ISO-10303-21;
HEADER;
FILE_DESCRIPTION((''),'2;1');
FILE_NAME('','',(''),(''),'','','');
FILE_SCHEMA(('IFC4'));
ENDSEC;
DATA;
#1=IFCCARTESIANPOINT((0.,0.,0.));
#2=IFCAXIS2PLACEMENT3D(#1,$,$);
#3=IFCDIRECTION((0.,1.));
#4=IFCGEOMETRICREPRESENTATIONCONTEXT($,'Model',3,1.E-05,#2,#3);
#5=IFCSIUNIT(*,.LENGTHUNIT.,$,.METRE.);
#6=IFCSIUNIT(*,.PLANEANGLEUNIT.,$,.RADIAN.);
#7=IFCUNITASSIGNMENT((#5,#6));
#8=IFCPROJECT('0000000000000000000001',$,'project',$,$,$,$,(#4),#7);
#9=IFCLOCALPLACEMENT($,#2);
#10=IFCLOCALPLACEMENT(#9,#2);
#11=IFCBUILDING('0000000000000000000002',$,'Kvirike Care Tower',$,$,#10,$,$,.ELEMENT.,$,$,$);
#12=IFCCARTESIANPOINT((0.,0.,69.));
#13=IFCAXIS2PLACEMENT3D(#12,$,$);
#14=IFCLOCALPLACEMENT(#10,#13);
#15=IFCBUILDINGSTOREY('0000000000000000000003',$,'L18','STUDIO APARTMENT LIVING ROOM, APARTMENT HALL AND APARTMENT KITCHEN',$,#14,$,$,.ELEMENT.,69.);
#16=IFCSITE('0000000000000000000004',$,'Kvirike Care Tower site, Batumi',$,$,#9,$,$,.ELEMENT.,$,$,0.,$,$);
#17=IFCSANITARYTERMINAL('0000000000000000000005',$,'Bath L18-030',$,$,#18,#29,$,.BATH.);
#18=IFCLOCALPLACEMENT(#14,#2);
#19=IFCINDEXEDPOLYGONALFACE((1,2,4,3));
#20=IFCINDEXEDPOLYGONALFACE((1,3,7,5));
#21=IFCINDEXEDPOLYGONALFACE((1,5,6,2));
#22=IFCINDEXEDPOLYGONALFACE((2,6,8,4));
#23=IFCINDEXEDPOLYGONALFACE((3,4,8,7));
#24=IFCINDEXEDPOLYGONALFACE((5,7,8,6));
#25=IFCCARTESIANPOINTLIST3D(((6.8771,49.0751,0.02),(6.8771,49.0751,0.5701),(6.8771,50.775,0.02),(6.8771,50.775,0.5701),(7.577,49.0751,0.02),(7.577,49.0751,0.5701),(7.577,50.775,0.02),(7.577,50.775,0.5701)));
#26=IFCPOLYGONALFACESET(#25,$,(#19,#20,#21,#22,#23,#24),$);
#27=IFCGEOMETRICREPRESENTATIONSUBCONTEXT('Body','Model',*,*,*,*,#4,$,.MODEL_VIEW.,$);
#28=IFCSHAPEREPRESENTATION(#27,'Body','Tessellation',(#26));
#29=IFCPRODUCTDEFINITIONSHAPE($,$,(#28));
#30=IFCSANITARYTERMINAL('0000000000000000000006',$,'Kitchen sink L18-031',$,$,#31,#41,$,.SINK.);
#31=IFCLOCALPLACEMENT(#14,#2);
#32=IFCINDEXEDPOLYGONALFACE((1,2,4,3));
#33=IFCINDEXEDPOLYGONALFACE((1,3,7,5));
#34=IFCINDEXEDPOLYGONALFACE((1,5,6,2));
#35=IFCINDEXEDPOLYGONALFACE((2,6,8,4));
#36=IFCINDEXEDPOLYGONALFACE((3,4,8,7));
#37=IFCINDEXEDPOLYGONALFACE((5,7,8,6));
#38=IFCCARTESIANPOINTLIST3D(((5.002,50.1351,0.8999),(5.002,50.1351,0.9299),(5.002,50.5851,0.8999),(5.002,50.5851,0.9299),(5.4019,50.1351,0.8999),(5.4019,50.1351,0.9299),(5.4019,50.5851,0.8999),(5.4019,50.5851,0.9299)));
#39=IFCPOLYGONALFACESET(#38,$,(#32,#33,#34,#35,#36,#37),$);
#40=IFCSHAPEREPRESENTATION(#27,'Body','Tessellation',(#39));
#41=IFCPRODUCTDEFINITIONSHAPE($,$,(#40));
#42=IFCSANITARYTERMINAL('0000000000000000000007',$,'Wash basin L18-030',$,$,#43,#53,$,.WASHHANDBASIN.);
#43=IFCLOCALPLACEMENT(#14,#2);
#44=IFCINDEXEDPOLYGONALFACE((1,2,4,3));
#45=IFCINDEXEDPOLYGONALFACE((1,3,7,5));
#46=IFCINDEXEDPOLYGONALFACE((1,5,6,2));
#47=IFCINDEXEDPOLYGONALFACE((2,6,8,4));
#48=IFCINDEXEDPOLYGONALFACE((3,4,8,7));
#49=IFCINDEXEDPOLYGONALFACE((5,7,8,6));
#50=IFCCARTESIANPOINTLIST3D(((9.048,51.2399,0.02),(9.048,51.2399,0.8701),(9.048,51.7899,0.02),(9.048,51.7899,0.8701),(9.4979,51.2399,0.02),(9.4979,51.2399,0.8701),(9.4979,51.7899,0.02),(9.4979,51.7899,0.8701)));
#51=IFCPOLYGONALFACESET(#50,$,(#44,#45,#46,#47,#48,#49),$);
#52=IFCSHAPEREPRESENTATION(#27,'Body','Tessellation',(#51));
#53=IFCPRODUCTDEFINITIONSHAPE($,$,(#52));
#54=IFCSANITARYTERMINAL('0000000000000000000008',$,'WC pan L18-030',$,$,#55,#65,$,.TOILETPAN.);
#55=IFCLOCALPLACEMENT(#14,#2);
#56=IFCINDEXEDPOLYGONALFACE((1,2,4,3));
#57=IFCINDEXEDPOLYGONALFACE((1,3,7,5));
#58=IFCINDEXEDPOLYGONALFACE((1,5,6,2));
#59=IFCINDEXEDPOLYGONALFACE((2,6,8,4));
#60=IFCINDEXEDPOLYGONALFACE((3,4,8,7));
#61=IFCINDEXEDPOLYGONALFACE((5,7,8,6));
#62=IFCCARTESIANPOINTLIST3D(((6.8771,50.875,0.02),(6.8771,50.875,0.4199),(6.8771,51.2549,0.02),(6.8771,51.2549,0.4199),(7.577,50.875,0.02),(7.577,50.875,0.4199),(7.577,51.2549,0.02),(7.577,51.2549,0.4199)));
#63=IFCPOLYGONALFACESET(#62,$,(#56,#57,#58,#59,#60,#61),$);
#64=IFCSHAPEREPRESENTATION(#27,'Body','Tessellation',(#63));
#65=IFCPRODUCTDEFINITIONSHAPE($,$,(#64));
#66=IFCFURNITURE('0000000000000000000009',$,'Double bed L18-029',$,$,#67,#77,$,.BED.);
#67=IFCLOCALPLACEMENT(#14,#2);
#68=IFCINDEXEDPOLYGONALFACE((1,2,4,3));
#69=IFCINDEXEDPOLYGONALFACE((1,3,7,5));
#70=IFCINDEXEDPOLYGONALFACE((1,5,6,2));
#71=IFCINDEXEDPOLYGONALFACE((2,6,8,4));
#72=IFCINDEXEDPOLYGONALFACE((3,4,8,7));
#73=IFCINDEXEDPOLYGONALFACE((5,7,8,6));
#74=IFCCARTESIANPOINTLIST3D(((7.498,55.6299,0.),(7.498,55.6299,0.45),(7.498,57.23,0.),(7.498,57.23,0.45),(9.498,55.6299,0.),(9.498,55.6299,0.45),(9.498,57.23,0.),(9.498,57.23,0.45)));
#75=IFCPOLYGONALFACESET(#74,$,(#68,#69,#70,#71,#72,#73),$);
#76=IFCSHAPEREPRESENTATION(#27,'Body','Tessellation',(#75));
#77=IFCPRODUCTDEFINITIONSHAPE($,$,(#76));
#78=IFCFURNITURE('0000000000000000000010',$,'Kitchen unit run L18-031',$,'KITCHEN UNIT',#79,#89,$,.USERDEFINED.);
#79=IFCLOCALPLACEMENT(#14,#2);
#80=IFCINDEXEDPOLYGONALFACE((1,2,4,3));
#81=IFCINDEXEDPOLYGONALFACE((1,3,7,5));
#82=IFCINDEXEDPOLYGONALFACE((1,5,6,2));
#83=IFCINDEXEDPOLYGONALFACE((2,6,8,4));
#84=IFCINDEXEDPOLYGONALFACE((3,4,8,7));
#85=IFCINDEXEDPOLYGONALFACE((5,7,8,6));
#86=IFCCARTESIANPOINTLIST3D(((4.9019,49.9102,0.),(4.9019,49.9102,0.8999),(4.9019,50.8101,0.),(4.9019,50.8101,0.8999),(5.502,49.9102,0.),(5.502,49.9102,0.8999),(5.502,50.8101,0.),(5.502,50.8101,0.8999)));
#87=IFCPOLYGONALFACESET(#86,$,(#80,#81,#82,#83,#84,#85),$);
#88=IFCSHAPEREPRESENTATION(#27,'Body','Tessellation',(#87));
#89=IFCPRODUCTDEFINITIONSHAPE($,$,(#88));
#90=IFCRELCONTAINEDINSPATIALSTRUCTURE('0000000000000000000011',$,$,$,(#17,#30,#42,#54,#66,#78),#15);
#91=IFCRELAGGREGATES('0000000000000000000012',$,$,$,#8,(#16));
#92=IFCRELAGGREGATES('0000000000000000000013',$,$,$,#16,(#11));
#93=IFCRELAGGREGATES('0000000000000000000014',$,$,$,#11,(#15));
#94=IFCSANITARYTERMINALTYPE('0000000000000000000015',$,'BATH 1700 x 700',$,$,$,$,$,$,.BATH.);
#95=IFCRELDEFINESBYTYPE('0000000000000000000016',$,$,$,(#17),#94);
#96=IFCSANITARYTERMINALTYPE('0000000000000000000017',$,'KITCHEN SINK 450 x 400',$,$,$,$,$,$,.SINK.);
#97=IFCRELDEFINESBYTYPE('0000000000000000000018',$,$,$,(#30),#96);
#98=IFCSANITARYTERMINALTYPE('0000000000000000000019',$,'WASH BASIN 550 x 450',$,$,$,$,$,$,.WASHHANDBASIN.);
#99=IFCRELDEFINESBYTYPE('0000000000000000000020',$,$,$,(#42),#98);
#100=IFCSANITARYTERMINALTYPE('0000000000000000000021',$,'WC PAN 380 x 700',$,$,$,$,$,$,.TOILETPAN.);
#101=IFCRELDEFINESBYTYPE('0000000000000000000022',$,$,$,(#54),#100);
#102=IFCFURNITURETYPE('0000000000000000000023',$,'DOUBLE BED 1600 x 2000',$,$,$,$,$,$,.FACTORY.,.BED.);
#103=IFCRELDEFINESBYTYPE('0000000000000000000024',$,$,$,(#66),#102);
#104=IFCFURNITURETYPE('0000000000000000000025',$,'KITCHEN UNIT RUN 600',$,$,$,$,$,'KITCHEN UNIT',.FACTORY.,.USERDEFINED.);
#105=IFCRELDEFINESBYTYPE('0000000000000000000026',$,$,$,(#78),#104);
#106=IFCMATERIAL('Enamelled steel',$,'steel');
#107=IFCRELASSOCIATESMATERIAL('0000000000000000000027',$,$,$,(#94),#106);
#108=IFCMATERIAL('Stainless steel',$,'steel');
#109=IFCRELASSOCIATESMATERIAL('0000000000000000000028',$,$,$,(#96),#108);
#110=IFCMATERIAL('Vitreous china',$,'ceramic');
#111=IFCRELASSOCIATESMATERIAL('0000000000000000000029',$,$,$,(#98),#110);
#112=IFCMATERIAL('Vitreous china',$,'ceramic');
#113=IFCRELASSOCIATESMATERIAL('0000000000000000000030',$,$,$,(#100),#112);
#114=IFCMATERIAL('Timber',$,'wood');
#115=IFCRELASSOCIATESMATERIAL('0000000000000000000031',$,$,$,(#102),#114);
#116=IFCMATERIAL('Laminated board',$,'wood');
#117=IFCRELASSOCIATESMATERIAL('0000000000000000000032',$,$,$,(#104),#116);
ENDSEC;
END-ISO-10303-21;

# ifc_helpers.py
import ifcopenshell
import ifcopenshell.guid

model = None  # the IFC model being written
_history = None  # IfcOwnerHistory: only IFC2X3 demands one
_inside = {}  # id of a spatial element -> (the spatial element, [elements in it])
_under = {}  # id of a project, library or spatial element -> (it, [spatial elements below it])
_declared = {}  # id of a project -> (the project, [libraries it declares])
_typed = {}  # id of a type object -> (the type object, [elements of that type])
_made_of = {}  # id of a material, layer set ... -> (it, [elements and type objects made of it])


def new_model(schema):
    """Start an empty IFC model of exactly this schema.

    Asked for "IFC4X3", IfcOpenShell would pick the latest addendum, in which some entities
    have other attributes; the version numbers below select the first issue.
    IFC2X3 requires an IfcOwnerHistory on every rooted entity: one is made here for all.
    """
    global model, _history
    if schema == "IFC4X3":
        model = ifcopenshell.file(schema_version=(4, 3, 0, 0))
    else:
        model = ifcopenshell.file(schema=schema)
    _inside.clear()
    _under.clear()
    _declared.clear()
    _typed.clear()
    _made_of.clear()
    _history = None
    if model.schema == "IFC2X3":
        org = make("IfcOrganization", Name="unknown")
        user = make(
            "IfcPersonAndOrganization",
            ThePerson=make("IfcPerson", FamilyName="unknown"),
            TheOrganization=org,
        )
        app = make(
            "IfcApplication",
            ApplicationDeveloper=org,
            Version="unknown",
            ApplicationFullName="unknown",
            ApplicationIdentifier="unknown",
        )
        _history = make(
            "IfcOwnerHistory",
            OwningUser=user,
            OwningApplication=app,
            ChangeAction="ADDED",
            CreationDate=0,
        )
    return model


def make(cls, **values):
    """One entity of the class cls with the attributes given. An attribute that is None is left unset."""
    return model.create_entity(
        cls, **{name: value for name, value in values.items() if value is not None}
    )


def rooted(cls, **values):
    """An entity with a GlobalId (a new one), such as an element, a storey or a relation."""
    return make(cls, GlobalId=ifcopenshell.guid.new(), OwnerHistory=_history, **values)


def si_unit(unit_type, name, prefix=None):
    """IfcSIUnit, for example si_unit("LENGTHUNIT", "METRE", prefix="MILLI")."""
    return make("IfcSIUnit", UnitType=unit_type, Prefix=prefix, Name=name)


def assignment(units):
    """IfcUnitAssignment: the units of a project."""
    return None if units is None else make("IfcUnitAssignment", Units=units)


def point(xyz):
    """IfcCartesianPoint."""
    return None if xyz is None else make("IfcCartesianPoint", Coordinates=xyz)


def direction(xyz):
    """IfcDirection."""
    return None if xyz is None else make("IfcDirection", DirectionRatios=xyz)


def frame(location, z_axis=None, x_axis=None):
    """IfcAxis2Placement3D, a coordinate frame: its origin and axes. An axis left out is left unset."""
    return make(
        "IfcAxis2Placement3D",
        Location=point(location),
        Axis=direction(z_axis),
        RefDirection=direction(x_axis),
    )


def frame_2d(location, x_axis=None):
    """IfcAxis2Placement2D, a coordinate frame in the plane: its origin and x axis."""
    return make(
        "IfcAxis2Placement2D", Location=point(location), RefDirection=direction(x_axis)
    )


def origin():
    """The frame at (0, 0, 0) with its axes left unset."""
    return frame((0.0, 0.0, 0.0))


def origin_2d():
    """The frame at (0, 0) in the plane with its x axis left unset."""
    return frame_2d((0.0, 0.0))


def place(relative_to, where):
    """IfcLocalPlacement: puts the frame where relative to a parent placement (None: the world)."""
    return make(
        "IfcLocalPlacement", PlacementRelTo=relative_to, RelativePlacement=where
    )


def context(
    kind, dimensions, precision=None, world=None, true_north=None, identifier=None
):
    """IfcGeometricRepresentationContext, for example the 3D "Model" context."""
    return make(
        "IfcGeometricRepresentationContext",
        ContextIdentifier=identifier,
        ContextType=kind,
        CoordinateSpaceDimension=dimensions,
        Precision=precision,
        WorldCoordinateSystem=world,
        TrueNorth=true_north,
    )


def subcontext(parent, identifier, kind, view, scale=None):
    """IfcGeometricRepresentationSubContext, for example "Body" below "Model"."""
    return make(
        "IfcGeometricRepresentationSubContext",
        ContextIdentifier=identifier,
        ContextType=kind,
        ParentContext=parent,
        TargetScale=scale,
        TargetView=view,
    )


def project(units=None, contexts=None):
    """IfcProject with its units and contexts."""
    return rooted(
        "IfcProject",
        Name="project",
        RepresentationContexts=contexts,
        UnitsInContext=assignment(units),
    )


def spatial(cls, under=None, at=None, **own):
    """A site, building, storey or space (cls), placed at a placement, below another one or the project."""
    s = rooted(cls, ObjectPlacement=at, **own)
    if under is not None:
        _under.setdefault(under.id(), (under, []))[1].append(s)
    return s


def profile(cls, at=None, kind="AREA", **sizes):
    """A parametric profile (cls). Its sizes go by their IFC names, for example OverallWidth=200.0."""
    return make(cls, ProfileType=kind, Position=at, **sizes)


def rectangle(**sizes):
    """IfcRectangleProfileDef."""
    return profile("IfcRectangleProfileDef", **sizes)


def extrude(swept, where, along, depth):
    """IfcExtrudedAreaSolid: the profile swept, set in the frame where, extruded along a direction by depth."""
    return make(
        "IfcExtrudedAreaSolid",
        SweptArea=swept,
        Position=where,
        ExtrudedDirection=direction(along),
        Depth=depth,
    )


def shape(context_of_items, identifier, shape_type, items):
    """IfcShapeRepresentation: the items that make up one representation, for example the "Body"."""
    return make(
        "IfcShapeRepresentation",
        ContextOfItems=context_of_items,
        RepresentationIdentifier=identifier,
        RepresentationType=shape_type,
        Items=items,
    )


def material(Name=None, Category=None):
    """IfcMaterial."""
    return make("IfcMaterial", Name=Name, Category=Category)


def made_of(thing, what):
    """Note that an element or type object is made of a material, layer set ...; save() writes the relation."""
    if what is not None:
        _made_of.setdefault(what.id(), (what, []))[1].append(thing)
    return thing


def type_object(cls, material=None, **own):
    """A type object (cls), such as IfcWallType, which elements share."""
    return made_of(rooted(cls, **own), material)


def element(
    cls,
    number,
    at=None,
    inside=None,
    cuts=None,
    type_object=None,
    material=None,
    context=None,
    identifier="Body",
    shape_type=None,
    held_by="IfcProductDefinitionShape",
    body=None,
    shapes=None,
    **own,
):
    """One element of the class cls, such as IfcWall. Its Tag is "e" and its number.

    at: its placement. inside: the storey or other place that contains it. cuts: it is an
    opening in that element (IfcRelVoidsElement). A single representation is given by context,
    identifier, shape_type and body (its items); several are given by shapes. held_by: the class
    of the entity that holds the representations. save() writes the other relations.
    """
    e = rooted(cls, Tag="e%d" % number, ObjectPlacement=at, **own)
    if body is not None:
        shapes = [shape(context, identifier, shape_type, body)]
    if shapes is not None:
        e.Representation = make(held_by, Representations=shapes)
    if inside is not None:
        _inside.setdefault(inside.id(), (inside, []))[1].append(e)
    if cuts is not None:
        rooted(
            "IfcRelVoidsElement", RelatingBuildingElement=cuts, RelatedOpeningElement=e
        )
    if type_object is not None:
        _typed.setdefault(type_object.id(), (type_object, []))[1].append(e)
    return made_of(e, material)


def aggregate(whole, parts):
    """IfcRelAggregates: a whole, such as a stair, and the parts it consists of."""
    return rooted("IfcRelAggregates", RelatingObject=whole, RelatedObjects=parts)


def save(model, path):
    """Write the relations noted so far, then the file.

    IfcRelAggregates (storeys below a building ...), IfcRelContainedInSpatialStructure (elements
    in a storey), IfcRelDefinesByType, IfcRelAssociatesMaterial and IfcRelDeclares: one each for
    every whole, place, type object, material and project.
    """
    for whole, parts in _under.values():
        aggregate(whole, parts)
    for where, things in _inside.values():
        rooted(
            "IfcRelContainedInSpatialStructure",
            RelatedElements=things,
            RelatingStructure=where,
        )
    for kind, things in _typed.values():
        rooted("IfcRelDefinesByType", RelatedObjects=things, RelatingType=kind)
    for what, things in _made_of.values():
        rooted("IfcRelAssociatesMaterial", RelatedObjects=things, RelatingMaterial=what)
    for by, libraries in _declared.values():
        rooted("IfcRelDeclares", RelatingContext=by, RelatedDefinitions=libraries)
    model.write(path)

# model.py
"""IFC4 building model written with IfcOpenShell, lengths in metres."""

from ifc_helpers import new_model, si_unit, direction, frame, origin, origin_2d, place, context, subcontext, project, spatial, rectangle, extrude, material, type_object, element, save


model = new_model("IFC4")

# Units and contexts
model_context = context("Model", 3, precision=1e-05, world=origin(), true_north=direction((0.0, 1.0)))
body_context = subcontext(model_context, "Body", "Model", "MODEL_VIEW")
ifc_project = project(units=[si_unit("LENGTHUNIT", "METRE"), si_unit("PLANEANGLEUNIT", "RADIAN")], contexts=[model_context])

# Site, building, storey
site_placement = place(None, origin())
site = spatial("IfcSite", under=ifc_project, at=site_placement, Name="Kvirike Care Tower site, Batumi", CompositionType="ELEMENT", RefElevation=0.0)
building_placement = place(site_placement, origin())
building = spatial("IfcBuilding", under=site, at=building_placement, Name="Kvirike Care Tower", CompositionType="ELEMENT")
storey_placement = place(building_placement, frame((0.0, 0.0, 69.0)))
storey = spatial("IfcBuildingStorey", under=building, at=storey_placement, Name="L18", Description="STUDIO APARTMENT LIVING ROOM, APARTMENT HALL AND APARTMENT KITCHEN", CompositionType="ELEMENT", Elevation=69.0)

# Sanitary terminals
ifc_material_1 = material(Name="Enamelled steel", Category="steel")
sanitary_terminal_type_1 = type_object("IfcSanitaryTerminalType", Name="BATH 1700 x 700", PredefinedType="BATH", material=ifc_material_1)
sanitary_terminal_1_placement = place(storey_placement, frame((7.2271, 49.925, 0.02), z_axis=(0.0, 0.0, 1.0), x_axis=(0.0, 1.0, 0.0)))
element("IfcSanitaryTerminal", 1, at=sanitary_terminal_1_placement, inside=storey, type_object=sanitary_terminal_type_1, Name="Bath L18-030", PredefinedType="BATH", context=body_context, shape_type="SweptSolid", body=[
    extrude(rectangle(XDim=1.7, YDim=0.7, at=origin_2d()), origin(), (0.0, 0.0, 1.0), 0.55),
])
ifc_material_2 = material(Name="Stainless steel", Category="steel")
sanitary_terminal_type_2 = type_object("IfcSanitaryTerminalType", Name="KITCHEN SINK 450 x 400", PredefinedType="SINK", material=ifc_material_2)
sanitary_terminal_2_placement = place(storey_placement, frame((5.2019, 50.3601, 0.8999), z_axis=(0.0, 0.0, 1.0), x_axis=(0.0, 1.0, 0.0)))
element("IfcSanitaryTerminal", 2, at=sanitary_terminal_2_placement, inside=storey, type_object=sanitary_terminal_type_2, Name="Kitchen sink L18-031", PredefinedType="SINK", context=body_context, shape_type="SweptSolid", body=[
    extrude(rectangle(XDim=0.45, YDim=0.3999, at=origin_2d()), origin(), (0.0, 0.0, 1.0), 0.03),
])
ifc_material_3 = material(Name="Vitreous china", Category="ceramic")
sanitary_terminal_type_3 = type_object("IfcSanitaryTerminalType", Name="WASH BASIN 550 x 450", PredefinedType="WASHHANDBASIN", material=ifc_material_3)
sanitary_terminal_3_placement = place(storey_placement, frame((9.2729, 51.5149, 0.02), z_axis=(0.0, 0.0, 1.0), x_axis=(0.0, -1.0, 0.0)))
element("IfcSanitaryTerminal", 3, at=sanitary_terminal_3_placement, inside=storey, type_object=sanitary_terminal_type_3, Name="Wash basin L18-030", PredefinedType="WASHHANDBASIN", context=body_context, shape_type="SweptSolid", body=[
    extrude(rectangle(XDim=0.55, YDim=0.45, at=origin_2d()), origin(), (0.0, 0.0, 1.0), 0.8501),
])
ifc_material_4 = material(Name="Vitreous china", Category="ceramic")
sanitary_terminal_type_4 = type_object("IfcSanitaryTerminalType", Name="WC PAN 380 x 700", PredefinedType="TOILETPAN", material=ifc_material_4)
sanitary_terminal_4_placement = place(storey_placement, frame((7.2271, 51.0649, 0.02), z_axis=(0.0, 0.0, 1.0), x_axis=(0.0, 1.0, 0.0)))
element("IfcSanitaryTerminal", 4, at=sanitary_terminal_4_placement, inside=storey, type_object=sanitary_terminal_type_4, Name="WC pan L18-030", PredefinedType="TOILETPAN", context=body_context, shape_type="SweptSolid", body=[
    extrude(rectangle(XDim=0.3799, YDim=0.7, at=origin_2d()), origin(), (0.0, 0.0, 1.0), 0.3999),
])

# Furniture
ifc_material_5 = material(Name="Timber", Category="wood")
furniture_type_1 = type_object("IfcFurnitureType", Name="DOUBLE BED 1600 x 2000", AssemblyPlace="FACTORY", PredefinedType="BED", material=ifc_material_5)
furniture_1_placement = place(storey_placement, frame((8.498, 56.4299, 0.0), z_axis=(0.0, 0.0, 1.0), x_axis=(0.0, -1.0, 0.0)))
element("IfcFurniture", 5, at=furniture_1_placement, inside=storey, type_object=furniture_type_1, Name="Double bed L18-029", PredefinedType="BED", context=body_context, shape_type="SweptSolid", body=[
    extrude(rectangle(XDim=1.6001, YDim=2.0, at=origin_2d()), origin(), (0.0, 0.0, 1.0), 0.45),
])
ifc_material_6 = material(Name="Laminated board", Category="wood")
furniture_type_2 = type_object("IfcFurnitureType", Name="KITCHEN UNIT RUN 600", ElementType="KITCHEN UNIT", AssemblyPlace="FACTORY", PredefinedType="USERDEFINED", material=ifc_material_6)
furniture_2_placement = place(storey_placement, frame((5.2019, 50.3601, 0.0), z_axis=(0.0, 0.0, 1.0), x_axis=(0.0, 1.0, 0.0)))
element("IfcFurniture", 6, at=furniture_2_placement, inside=storey, type_object=furniture_type_2, Name="Kitchen unit run L18-031", ObjectType="KITCHEN UNIT", PredefinedType="USERDEFINED", context=body_context, shape_type="SweptSolid", body=[
    extrude(rectangle(XDim=0.8999, YDim=0.6001, at=origin_2d()), origin(), (0.0, 0.0, 1.0), 0.8999),
])

save(model, "model.ifc")
